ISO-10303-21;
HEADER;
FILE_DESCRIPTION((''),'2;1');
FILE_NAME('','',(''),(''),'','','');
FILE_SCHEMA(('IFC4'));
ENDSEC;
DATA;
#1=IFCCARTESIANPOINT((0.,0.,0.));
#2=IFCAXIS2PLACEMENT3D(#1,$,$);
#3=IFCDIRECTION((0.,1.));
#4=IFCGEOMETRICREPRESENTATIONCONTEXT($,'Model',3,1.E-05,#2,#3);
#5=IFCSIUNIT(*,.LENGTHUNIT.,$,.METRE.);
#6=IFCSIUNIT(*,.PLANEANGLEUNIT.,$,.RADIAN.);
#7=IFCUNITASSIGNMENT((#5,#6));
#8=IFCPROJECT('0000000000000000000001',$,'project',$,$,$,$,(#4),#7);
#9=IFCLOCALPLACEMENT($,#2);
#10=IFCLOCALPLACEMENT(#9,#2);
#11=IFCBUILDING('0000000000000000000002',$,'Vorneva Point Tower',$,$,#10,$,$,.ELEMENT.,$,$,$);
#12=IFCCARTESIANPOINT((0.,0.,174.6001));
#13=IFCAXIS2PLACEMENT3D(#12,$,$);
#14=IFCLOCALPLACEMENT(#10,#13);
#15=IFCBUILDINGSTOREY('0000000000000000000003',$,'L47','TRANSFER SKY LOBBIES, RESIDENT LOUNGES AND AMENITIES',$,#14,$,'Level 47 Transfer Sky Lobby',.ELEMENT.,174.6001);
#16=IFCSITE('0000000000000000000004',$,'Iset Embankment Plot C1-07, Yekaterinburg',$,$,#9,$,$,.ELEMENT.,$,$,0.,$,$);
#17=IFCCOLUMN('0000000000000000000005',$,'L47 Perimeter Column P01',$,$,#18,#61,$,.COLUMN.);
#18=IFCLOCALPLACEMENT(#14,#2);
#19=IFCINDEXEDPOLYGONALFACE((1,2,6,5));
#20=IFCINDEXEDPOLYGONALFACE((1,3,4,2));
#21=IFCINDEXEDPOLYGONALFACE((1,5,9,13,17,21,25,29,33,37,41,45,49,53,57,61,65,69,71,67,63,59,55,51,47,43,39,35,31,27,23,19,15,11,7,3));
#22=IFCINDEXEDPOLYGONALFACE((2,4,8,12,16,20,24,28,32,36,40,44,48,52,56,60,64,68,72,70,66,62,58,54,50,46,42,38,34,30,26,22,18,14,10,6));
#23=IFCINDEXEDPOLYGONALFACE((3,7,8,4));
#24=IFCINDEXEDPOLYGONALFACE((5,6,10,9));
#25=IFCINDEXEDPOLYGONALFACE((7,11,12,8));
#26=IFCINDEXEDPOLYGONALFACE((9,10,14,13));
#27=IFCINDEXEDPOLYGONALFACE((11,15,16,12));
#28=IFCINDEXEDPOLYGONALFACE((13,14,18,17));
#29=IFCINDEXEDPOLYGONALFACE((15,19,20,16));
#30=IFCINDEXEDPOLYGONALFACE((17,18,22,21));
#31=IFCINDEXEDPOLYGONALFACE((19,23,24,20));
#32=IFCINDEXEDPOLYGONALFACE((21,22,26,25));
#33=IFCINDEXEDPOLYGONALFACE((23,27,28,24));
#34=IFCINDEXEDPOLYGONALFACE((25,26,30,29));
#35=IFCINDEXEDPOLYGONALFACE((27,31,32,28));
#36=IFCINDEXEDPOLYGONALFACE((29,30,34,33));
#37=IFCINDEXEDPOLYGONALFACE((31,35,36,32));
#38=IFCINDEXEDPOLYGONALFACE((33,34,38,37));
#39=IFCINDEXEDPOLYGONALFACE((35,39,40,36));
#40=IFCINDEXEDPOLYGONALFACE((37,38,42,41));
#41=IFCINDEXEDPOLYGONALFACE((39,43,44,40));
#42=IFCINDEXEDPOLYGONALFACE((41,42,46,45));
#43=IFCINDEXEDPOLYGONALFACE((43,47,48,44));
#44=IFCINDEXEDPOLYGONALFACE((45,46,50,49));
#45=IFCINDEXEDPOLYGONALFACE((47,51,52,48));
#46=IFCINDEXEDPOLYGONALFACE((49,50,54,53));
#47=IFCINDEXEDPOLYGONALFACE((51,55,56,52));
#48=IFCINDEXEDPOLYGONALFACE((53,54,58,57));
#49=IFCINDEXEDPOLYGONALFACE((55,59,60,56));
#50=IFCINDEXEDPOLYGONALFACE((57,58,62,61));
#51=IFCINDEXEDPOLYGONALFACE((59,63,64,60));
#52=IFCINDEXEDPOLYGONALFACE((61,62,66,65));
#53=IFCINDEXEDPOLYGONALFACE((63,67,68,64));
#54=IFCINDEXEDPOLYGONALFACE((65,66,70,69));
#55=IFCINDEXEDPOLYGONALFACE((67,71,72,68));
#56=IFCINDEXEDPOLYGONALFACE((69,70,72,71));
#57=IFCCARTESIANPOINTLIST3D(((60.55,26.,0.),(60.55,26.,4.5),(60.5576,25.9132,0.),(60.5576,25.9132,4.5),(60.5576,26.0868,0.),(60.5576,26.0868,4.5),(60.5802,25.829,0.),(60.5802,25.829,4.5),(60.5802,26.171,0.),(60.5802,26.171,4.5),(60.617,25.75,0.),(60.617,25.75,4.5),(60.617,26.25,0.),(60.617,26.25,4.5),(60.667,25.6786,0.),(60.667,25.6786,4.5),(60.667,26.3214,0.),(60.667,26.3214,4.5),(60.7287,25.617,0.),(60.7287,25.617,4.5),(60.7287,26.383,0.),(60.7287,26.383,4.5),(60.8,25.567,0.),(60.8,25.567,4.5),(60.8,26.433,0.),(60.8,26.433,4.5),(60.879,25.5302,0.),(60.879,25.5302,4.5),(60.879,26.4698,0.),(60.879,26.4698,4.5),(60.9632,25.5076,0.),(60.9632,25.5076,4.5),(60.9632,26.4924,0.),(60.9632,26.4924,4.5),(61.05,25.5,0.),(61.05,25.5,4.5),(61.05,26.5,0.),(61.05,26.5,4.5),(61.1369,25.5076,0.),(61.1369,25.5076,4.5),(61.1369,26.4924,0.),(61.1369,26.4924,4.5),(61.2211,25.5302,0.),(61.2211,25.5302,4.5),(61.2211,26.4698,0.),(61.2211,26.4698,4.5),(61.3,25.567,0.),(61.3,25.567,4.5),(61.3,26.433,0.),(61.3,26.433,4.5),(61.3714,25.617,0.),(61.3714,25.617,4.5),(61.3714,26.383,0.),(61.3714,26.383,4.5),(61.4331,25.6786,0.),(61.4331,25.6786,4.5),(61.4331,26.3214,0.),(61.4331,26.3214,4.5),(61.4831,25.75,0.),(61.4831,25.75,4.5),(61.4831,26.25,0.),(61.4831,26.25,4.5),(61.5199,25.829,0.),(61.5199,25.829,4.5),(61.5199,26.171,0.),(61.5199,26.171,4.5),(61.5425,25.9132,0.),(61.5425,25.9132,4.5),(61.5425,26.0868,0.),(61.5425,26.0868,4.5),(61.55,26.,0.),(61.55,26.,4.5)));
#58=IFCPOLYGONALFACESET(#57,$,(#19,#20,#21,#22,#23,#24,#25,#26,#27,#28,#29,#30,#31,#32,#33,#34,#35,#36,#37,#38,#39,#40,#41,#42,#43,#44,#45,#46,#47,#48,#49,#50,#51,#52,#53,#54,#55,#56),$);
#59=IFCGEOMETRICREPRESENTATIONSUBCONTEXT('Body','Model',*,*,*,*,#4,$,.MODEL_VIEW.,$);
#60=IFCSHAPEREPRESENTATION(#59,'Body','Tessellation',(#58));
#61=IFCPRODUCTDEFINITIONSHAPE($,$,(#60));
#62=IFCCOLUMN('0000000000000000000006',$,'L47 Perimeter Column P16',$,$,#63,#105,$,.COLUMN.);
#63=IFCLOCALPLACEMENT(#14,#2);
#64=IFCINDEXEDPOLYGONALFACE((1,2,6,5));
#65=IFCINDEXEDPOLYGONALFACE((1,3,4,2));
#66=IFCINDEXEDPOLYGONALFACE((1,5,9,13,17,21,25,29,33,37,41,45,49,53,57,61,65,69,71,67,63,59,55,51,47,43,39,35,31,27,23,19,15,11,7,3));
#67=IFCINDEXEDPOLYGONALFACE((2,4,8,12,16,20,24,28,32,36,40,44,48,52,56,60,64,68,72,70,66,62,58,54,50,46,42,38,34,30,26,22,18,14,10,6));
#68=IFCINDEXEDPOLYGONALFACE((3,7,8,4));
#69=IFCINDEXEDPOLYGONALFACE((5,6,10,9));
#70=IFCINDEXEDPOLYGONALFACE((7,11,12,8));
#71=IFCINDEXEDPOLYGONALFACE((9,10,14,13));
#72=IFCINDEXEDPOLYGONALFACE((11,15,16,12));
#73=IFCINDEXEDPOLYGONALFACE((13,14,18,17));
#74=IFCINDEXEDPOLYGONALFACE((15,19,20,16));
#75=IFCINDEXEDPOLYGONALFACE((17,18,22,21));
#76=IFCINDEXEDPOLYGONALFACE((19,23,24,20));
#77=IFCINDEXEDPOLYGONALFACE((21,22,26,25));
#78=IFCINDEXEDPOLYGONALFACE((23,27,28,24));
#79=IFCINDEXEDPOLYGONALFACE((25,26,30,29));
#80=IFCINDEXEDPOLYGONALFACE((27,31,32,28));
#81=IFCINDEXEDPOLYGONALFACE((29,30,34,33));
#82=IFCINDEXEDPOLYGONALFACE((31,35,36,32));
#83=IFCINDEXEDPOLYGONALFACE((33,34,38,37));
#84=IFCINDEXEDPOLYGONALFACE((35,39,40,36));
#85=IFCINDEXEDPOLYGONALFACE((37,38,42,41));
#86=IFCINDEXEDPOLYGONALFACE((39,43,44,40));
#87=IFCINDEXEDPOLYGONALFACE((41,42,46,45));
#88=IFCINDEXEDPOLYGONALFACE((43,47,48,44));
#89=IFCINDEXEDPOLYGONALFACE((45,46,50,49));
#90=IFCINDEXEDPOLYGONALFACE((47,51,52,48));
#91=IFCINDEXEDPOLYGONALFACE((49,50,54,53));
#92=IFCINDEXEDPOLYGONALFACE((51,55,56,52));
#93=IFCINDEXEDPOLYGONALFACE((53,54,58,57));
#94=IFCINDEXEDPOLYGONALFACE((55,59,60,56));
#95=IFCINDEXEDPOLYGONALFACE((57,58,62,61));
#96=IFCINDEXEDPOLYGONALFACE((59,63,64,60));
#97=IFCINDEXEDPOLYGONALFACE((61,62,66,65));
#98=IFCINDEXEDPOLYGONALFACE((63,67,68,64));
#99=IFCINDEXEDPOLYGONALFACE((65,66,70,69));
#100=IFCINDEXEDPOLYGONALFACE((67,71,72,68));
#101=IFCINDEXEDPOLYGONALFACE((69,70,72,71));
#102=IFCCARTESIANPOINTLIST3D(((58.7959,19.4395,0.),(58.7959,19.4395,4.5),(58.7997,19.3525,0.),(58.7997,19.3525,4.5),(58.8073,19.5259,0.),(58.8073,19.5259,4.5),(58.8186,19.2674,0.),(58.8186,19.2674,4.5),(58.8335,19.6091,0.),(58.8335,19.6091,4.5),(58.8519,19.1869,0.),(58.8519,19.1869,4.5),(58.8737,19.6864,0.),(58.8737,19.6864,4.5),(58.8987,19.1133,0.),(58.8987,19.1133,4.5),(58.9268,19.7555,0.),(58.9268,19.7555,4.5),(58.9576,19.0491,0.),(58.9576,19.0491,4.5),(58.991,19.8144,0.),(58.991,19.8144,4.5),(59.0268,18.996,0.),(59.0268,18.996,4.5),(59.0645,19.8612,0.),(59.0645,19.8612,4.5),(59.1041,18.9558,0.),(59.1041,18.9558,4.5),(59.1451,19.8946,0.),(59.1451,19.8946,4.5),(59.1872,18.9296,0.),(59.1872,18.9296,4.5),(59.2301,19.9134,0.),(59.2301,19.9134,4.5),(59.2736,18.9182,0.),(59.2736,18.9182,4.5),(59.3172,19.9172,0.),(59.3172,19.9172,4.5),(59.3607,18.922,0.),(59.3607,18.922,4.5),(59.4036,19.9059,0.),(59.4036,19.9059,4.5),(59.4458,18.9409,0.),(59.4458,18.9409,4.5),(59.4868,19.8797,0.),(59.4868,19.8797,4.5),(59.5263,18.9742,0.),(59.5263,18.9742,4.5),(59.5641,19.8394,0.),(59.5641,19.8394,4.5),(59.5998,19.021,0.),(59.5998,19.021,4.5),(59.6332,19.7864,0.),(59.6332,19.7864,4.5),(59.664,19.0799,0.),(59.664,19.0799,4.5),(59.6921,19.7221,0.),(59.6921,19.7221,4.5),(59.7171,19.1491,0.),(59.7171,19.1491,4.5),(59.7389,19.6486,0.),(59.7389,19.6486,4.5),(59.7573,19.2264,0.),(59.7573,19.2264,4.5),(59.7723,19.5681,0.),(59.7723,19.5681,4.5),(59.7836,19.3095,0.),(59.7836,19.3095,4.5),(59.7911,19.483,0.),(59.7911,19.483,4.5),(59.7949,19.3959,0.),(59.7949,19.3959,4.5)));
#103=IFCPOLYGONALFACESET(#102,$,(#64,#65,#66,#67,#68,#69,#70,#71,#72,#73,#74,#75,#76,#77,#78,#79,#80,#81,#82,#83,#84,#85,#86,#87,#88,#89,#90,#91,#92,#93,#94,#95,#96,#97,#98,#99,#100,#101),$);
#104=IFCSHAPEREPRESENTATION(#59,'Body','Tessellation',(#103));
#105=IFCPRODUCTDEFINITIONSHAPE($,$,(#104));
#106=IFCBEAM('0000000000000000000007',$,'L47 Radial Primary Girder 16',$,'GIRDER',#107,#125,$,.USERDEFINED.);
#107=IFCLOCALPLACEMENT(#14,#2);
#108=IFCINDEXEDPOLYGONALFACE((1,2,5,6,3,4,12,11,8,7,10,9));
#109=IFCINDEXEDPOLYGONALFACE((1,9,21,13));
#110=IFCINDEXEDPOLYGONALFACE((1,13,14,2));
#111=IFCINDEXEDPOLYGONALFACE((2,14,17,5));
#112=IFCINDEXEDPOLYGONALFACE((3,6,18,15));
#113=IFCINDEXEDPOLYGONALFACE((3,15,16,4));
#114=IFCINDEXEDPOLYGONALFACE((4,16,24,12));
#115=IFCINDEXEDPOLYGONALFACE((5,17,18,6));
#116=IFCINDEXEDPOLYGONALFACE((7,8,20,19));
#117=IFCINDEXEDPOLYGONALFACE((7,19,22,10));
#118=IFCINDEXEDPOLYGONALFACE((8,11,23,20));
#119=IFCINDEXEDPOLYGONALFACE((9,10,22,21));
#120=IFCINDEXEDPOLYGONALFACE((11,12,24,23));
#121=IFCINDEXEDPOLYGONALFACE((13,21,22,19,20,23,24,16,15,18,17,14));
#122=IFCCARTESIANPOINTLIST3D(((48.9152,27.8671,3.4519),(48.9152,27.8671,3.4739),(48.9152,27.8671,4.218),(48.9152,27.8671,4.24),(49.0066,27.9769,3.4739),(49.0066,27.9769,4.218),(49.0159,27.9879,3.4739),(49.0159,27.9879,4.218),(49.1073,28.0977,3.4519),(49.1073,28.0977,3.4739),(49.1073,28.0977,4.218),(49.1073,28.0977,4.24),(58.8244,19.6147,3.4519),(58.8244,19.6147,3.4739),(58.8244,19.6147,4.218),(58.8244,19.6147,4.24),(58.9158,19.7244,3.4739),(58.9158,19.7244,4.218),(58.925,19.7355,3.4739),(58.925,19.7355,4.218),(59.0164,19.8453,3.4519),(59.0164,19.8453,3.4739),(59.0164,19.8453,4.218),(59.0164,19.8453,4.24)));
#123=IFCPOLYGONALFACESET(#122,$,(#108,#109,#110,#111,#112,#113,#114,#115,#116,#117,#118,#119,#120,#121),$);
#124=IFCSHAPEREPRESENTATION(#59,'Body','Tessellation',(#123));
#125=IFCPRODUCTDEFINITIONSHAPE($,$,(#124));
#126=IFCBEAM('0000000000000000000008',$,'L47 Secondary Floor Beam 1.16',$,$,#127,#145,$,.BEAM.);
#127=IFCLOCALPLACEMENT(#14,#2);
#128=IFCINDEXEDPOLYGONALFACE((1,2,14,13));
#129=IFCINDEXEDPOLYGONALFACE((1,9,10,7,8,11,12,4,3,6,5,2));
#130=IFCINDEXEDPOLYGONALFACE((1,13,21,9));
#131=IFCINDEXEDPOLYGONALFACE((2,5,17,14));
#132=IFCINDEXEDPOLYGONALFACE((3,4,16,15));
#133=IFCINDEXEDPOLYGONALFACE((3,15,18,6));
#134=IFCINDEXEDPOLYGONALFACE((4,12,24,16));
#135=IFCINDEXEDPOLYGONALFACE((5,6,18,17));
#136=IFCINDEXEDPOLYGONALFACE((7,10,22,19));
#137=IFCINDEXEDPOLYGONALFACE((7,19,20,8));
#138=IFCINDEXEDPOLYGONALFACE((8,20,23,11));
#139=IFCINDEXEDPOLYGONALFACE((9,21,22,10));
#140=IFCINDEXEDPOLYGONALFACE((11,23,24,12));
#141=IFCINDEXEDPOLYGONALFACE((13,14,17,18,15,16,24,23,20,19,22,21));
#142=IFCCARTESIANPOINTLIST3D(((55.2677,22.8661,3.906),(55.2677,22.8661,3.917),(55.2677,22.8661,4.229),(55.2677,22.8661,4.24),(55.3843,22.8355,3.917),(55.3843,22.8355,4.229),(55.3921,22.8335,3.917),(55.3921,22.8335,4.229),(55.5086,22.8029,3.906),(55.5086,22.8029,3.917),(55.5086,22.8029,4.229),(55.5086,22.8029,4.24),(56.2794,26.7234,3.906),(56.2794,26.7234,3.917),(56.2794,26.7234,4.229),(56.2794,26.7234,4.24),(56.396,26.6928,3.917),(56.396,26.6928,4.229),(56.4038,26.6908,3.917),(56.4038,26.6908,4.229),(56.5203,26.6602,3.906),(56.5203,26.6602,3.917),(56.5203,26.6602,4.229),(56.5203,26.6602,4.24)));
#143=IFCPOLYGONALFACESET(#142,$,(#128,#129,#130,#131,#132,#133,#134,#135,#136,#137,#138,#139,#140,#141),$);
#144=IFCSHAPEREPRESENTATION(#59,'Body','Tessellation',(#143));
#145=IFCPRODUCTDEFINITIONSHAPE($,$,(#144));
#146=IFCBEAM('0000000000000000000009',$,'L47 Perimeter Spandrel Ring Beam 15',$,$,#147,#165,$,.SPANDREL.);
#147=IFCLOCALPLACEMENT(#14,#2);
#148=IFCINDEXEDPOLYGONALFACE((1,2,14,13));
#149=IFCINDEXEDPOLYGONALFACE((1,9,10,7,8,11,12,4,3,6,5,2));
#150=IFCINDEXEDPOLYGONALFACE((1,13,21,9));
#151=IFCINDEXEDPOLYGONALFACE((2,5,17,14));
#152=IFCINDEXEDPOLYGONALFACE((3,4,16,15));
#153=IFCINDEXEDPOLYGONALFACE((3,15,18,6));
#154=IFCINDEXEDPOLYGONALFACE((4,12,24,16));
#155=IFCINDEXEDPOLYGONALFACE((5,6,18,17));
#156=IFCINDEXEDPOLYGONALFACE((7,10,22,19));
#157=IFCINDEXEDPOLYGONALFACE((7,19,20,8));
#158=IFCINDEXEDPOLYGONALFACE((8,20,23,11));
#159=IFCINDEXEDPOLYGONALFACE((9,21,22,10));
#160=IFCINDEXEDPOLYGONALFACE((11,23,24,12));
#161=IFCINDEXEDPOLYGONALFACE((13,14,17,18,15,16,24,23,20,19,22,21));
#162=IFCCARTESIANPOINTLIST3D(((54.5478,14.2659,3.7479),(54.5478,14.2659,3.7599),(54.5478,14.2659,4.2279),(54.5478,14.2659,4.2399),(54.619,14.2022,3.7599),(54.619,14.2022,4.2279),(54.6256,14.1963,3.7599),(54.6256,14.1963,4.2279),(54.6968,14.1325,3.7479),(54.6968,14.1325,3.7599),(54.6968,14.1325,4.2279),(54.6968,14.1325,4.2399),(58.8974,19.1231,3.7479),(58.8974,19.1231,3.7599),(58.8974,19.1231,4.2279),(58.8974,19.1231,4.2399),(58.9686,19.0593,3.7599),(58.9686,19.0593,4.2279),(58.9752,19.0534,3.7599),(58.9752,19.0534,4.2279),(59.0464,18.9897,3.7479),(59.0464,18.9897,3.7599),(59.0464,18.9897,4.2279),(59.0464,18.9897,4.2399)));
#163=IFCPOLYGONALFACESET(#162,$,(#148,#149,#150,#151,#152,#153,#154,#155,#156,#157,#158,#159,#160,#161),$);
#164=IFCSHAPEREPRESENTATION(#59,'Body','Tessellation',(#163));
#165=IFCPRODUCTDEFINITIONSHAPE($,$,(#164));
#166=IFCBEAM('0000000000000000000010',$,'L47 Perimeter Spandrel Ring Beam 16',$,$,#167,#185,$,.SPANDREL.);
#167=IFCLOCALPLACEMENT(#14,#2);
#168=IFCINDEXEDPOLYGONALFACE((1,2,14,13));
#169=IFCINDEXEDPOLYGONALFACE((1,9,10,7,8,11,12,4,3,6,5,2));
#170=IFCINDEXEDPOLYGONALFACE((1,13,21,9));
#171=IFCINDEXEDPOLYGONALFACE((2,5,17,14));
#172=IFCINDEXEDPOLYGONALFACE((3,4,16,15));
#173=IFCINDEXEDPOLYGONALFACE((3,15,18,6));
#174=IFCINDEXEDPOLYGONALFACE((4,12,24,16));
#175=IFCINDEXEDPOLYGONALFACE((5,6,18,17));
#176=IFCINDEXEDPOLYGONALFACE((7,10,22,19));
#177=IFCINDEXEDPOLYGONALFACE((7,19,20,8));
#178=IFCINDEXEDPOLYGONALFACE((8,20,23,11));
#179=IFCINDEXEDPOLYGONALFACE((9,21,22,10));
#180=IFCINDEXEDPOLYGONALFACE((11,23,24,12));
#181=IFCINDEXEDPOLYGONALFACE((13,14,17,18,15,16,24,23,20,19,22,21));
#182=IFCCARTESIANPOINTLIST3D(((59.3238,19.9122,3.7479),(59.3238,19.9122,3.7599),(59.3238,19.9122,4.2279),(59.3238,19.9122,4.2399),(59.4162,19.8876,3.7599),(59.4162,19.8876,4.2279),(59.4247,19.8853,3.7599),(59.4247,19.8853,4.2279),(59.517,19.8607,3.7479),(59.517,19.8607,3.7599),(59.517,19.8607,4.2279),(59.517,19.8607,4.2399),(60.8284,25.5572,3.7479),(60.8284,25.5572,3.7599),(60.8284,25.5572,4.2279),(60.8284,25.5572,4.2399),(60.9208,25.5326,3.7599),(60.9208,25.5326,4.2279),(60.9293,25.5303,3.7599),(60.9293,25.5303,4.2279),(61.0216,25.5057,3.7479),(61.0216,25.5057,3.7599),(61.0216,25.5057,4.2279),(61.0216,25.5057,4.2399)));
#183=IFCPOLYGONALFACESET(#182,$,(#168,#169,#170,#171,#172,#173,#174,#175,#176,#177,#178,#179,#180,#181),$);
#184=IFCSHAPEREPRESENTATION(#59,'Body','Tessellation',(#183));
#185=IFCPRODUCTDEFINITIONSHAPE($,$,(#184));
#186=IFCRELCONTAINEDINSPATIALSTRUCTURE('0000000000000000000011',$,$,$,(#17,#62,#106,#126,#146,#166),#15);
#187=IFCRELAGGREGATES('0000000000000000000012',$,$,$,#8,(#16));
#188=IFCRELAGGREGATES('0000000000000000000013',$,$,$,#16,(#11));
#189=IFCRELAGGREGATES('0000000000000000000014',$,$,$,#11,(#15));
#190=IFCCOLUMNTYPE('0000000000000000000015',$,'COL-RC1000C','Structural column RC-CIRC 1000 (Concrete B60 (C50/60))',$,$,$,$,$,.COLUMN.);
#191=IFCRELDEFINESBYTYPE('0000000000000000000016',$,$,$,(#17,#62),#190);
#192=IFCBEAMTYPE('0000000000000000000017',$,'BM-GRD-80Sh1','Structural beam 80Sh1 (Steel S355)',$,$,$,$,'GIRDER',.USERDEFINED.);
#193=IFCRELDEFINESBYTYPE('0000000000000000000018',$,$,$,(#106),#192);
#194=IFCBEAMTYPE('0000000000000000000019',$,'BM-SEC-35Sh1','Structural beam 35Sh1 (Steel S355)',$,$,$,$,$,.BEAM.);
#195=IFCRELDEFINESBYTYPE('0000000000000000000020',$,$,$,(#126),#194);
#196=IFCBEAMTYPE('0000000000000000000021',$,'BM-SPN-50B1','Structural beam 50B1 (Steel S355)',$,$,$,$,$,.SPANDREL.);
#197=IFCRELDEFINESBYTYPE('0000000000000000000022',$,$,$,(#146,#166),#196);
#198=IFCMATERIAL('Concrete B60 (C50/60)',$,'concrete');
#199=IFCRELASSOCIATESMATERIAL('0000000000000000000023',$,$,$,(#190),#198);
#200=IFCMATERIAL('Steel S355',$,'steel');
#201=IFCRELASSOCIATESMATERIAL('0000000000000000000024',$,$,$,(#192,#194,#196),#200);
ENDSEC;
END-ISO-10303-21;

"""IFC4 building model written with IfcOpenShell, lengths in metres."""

from ifc_helpers import new_model, si_unit, direction, frame, origin, origin_2d, place, context, subcontext, project, spatial, circle, i_section, extrude, material, material_profile, profile_set, type_object, element, save


model = new_model("IFC4")

# Units and contexts
model_context = context("Model", 3, precision=1e-05, world=origin(), true_north=direction((0.0, 1.0)))
body_context = subcontext(model_context, "Body", "Model", "MODEL_VIEW")
ifc_project = project(units=[si_unit("LENGTHUNIT", "METRE"), si_unit("PLANEANGLEUNIT", "RADIAN")], contexts=[model_context])

# Site, building, storey
site_placement = place(None, origin())
site = spatial("IfcSite", under=ifc_project, at=site_placement, Name="Iset Embankment Plot C1-07, Yekaterinburg", CompositionType="ELEMENT", RefElevation=0.0)
building_placement = place(site_placement, origin())
building = spatial("IfcBuilding", under=site, at=building_placement, Name="Vorneva Point Tower", CompositionType="ELEMENT")
storey_placement = place(building_placement, frame((0.0, 0.0, 174.6001)))
storey = spatial("IfcBuildingStorey", under=building, at=storey_placement, Name="L47", Description="TRANSFER SKY LOBBIES, RESIDENT LOUNGES AND AMENITIES", LongName="Level 47 Transfer Sky Lobby", CompositionType="ELEMENT", Elevation=174.6001)

# Columns
ifc_material_1 = material(Name="Concrete B60 (C50/60)", Category="concrete")
ifc_material_profile_1 = material_profile(ifc_material_1, circle(Radius=0.5, at=origin_2d()), Name="RC-CIRC 1000")
ifc_profile_set_1 = profile_set([ifc_material_profile_1], Name="Concrete B60 (C50/60)")
column_type = type_object("IfcColumnType", Name="COL-RC1000C", Description="Structural column RC-CIRC 1000 (Concrete B60 (C50/60))", PredefinedType="COLUMN", material=ifc_profile_set_1)
for number, where, z_axis, x_axis, name in (
    (1, (61.05, 26.0, 0.0), (0.0, 0.0, 1.0), (1.0, 0.0, 0.0), "L47 Perimeter Column P01"),
    (2, (59.2954, 19.4177, 0.0), (0.0, 0.0, 1.0), (0.92388, -0.382683, 0.0), "L47 Perimeter Column P16"),
):
    element("IfcColumn", number, at=place(storey_placement, frame(where, z_axis=z_axis, x_axis=x_axis)), inside=storey, type_object=column_type, Name=name, PredefinedType="COLUMN", context=body_context, shape_type="SweptSolid", body=[
        extrude(circle(Radius=0.5, at=origin_2d()), origin(), (0.0, 0.0, 1.0), 4.5),
    ])

# Beams
ifc_material_2 = material(Name="Steel S355", Category="steel")
ifc_material_profile_2 = material_profile(ifc_material_2, i_section(OverallWidth=0.3, OverallDepth=0.7881, WebThickness=0.0144, FlangeThickness=0.022, at=origin_2d()), Name="80Sh1")
ifc_profile_set_2 = profile_set([ifc_material_profile_2], Name="Steel S355")
beam_type_1 = type_object("IfcBeamType", Name="BM-GRD-80Sh1", Description="Structural beam 80Sh1 (Steel S355)", ElementType="GIRDER", PredefinedType="USERDEFINED", material=ifc_profile_set_2)
beam_1_placement = place(storey_placement, frame((58.9204, 19.73, 3.8459), z_axis=(-0.76842, 0.639946, 0.0), x_axis=(-0.639946, -0.76842, 0.0)))
element("IfcBeam", 3, at=beam_1_placement, inside=storey, type_object=beam_type_1, Name="L47 Radial Primary Girder 16", ObjectType="GIRDER", PredefinedType="USERDEFINED", context=body_context, shape_type="SweptSolid", body=[
    extrude(i_section(OverallWidth=0.3, OverallDepth=0.7881, WebThickness=0.0144, FlangeThickness=0.022, at=origin_2d()), origin(), (0.0, 0.0, 1.0), 12.8955),
])
ifc_material_profile_3 = material_profile(ifc_material_2, i_section(OverallWidth=0.249, OverallDepth=0.334, WebThickness=0.0081, FlangeThickness=0.011, at=origin_2d()), Name="35Sh1")
ifc_profile_set_3 = profile_set([ifc_material_profile_3], Name="Steel S355")
beam_type_2 = type_object("IfcBeamType", Name="BM-SEC-35Sh1", Description="Structural beam 35Sh1 (Steel S355)", PredefinedType="BEAM", material=ifc_profile_set_3)
beam_2_placement = place(storey_placement, frame((55.3882, 22.8345, 4.073), z_axis=(0.253698, 0.967284, 0.0), x_axis=(-0.967284, 0.253698, 0.0)))
element("IfcBeam", 4, at=beam_2_placement, inside=storey, type_object=beam_type_2, Name="L47 Secondary Floor Beam 1.16", PredefinedType="BEAM", context=body_context, shape_type="SweptSolid", body=[
    extrude(i_section(OverallWidth=0.249, OverallDepth=0.334, WebThickness=0.0081, FlangeThickness=0.011, at=origin_2d()), origin(), (0.0, 0.0, 1.0), 3.9878),
])
ifc_material_profile_4 = material_profile(ifc_material_2, i_section(OverallWidth=0.2, OverallDepth=0.4919, WebThickness=0.0088, FlangeThickness=0.012, at=origin_2d()), Name="50B1")
ifc_profile_set_4 = profile_set([ifc_material_profile_4], Name="Steel S355")
beam_type_3 = type_object("IfcBeamType", Name="BM-SPN-50B1", Description="Structural beam 50B1 (Steel S355)", PredefinedType="SPANDREL", material=ifc_profile_set_4)
beam_3_placement = place(storey_placement, frame((54.6223, 14.1992, 3.9939), z_axis=(0.667111, 0.744958, 0.0), x_axis=(-0.744958, 0.667111, 0.0)))
element("IfcBeam", 5, at=beam_3_placement, inside=storey, type_object=beam_type_3, Name="L47 Perimeter Spandrel Ring Beam 15", PredefinedType="SPANDREL", context=body_context, shape_type="SweptSolid", body=[
    extrude(i_section(OverallWidth=0.2, OverallDepth=0.4919, WebThickness=0.0088, FlangeThickness=0.012, at=origin_2d()), origin(), (0.0, 0.0, 1.0), 6.52),
])
beam_4_placement = place(storey_placement, frame((59.4204, 19.8865, 3.9939), z_axis=(0.257551, 0.966265, 0.0), x_axis=(-0.966265, 0.257551, 0.0)))
element("IfcBeam", 6, at=beam_4_placement, inside=storey, type_object=beam_type_3, Name="L47 Perimeter Spandrel Ring Beam 16", PredefinedType="SPANDREL", context=body_context, shape_type="SweptSolid", body=[
    extrude(i_section(OverallWidth=0.2, OverallDepth=0.4919, WebThickness=0.0088, FlangeThickness=0.012, at=origin_2d()), origin(), (0.0, 0.0, 1.0), 5.842),
])

save(model, "model.ifc")
